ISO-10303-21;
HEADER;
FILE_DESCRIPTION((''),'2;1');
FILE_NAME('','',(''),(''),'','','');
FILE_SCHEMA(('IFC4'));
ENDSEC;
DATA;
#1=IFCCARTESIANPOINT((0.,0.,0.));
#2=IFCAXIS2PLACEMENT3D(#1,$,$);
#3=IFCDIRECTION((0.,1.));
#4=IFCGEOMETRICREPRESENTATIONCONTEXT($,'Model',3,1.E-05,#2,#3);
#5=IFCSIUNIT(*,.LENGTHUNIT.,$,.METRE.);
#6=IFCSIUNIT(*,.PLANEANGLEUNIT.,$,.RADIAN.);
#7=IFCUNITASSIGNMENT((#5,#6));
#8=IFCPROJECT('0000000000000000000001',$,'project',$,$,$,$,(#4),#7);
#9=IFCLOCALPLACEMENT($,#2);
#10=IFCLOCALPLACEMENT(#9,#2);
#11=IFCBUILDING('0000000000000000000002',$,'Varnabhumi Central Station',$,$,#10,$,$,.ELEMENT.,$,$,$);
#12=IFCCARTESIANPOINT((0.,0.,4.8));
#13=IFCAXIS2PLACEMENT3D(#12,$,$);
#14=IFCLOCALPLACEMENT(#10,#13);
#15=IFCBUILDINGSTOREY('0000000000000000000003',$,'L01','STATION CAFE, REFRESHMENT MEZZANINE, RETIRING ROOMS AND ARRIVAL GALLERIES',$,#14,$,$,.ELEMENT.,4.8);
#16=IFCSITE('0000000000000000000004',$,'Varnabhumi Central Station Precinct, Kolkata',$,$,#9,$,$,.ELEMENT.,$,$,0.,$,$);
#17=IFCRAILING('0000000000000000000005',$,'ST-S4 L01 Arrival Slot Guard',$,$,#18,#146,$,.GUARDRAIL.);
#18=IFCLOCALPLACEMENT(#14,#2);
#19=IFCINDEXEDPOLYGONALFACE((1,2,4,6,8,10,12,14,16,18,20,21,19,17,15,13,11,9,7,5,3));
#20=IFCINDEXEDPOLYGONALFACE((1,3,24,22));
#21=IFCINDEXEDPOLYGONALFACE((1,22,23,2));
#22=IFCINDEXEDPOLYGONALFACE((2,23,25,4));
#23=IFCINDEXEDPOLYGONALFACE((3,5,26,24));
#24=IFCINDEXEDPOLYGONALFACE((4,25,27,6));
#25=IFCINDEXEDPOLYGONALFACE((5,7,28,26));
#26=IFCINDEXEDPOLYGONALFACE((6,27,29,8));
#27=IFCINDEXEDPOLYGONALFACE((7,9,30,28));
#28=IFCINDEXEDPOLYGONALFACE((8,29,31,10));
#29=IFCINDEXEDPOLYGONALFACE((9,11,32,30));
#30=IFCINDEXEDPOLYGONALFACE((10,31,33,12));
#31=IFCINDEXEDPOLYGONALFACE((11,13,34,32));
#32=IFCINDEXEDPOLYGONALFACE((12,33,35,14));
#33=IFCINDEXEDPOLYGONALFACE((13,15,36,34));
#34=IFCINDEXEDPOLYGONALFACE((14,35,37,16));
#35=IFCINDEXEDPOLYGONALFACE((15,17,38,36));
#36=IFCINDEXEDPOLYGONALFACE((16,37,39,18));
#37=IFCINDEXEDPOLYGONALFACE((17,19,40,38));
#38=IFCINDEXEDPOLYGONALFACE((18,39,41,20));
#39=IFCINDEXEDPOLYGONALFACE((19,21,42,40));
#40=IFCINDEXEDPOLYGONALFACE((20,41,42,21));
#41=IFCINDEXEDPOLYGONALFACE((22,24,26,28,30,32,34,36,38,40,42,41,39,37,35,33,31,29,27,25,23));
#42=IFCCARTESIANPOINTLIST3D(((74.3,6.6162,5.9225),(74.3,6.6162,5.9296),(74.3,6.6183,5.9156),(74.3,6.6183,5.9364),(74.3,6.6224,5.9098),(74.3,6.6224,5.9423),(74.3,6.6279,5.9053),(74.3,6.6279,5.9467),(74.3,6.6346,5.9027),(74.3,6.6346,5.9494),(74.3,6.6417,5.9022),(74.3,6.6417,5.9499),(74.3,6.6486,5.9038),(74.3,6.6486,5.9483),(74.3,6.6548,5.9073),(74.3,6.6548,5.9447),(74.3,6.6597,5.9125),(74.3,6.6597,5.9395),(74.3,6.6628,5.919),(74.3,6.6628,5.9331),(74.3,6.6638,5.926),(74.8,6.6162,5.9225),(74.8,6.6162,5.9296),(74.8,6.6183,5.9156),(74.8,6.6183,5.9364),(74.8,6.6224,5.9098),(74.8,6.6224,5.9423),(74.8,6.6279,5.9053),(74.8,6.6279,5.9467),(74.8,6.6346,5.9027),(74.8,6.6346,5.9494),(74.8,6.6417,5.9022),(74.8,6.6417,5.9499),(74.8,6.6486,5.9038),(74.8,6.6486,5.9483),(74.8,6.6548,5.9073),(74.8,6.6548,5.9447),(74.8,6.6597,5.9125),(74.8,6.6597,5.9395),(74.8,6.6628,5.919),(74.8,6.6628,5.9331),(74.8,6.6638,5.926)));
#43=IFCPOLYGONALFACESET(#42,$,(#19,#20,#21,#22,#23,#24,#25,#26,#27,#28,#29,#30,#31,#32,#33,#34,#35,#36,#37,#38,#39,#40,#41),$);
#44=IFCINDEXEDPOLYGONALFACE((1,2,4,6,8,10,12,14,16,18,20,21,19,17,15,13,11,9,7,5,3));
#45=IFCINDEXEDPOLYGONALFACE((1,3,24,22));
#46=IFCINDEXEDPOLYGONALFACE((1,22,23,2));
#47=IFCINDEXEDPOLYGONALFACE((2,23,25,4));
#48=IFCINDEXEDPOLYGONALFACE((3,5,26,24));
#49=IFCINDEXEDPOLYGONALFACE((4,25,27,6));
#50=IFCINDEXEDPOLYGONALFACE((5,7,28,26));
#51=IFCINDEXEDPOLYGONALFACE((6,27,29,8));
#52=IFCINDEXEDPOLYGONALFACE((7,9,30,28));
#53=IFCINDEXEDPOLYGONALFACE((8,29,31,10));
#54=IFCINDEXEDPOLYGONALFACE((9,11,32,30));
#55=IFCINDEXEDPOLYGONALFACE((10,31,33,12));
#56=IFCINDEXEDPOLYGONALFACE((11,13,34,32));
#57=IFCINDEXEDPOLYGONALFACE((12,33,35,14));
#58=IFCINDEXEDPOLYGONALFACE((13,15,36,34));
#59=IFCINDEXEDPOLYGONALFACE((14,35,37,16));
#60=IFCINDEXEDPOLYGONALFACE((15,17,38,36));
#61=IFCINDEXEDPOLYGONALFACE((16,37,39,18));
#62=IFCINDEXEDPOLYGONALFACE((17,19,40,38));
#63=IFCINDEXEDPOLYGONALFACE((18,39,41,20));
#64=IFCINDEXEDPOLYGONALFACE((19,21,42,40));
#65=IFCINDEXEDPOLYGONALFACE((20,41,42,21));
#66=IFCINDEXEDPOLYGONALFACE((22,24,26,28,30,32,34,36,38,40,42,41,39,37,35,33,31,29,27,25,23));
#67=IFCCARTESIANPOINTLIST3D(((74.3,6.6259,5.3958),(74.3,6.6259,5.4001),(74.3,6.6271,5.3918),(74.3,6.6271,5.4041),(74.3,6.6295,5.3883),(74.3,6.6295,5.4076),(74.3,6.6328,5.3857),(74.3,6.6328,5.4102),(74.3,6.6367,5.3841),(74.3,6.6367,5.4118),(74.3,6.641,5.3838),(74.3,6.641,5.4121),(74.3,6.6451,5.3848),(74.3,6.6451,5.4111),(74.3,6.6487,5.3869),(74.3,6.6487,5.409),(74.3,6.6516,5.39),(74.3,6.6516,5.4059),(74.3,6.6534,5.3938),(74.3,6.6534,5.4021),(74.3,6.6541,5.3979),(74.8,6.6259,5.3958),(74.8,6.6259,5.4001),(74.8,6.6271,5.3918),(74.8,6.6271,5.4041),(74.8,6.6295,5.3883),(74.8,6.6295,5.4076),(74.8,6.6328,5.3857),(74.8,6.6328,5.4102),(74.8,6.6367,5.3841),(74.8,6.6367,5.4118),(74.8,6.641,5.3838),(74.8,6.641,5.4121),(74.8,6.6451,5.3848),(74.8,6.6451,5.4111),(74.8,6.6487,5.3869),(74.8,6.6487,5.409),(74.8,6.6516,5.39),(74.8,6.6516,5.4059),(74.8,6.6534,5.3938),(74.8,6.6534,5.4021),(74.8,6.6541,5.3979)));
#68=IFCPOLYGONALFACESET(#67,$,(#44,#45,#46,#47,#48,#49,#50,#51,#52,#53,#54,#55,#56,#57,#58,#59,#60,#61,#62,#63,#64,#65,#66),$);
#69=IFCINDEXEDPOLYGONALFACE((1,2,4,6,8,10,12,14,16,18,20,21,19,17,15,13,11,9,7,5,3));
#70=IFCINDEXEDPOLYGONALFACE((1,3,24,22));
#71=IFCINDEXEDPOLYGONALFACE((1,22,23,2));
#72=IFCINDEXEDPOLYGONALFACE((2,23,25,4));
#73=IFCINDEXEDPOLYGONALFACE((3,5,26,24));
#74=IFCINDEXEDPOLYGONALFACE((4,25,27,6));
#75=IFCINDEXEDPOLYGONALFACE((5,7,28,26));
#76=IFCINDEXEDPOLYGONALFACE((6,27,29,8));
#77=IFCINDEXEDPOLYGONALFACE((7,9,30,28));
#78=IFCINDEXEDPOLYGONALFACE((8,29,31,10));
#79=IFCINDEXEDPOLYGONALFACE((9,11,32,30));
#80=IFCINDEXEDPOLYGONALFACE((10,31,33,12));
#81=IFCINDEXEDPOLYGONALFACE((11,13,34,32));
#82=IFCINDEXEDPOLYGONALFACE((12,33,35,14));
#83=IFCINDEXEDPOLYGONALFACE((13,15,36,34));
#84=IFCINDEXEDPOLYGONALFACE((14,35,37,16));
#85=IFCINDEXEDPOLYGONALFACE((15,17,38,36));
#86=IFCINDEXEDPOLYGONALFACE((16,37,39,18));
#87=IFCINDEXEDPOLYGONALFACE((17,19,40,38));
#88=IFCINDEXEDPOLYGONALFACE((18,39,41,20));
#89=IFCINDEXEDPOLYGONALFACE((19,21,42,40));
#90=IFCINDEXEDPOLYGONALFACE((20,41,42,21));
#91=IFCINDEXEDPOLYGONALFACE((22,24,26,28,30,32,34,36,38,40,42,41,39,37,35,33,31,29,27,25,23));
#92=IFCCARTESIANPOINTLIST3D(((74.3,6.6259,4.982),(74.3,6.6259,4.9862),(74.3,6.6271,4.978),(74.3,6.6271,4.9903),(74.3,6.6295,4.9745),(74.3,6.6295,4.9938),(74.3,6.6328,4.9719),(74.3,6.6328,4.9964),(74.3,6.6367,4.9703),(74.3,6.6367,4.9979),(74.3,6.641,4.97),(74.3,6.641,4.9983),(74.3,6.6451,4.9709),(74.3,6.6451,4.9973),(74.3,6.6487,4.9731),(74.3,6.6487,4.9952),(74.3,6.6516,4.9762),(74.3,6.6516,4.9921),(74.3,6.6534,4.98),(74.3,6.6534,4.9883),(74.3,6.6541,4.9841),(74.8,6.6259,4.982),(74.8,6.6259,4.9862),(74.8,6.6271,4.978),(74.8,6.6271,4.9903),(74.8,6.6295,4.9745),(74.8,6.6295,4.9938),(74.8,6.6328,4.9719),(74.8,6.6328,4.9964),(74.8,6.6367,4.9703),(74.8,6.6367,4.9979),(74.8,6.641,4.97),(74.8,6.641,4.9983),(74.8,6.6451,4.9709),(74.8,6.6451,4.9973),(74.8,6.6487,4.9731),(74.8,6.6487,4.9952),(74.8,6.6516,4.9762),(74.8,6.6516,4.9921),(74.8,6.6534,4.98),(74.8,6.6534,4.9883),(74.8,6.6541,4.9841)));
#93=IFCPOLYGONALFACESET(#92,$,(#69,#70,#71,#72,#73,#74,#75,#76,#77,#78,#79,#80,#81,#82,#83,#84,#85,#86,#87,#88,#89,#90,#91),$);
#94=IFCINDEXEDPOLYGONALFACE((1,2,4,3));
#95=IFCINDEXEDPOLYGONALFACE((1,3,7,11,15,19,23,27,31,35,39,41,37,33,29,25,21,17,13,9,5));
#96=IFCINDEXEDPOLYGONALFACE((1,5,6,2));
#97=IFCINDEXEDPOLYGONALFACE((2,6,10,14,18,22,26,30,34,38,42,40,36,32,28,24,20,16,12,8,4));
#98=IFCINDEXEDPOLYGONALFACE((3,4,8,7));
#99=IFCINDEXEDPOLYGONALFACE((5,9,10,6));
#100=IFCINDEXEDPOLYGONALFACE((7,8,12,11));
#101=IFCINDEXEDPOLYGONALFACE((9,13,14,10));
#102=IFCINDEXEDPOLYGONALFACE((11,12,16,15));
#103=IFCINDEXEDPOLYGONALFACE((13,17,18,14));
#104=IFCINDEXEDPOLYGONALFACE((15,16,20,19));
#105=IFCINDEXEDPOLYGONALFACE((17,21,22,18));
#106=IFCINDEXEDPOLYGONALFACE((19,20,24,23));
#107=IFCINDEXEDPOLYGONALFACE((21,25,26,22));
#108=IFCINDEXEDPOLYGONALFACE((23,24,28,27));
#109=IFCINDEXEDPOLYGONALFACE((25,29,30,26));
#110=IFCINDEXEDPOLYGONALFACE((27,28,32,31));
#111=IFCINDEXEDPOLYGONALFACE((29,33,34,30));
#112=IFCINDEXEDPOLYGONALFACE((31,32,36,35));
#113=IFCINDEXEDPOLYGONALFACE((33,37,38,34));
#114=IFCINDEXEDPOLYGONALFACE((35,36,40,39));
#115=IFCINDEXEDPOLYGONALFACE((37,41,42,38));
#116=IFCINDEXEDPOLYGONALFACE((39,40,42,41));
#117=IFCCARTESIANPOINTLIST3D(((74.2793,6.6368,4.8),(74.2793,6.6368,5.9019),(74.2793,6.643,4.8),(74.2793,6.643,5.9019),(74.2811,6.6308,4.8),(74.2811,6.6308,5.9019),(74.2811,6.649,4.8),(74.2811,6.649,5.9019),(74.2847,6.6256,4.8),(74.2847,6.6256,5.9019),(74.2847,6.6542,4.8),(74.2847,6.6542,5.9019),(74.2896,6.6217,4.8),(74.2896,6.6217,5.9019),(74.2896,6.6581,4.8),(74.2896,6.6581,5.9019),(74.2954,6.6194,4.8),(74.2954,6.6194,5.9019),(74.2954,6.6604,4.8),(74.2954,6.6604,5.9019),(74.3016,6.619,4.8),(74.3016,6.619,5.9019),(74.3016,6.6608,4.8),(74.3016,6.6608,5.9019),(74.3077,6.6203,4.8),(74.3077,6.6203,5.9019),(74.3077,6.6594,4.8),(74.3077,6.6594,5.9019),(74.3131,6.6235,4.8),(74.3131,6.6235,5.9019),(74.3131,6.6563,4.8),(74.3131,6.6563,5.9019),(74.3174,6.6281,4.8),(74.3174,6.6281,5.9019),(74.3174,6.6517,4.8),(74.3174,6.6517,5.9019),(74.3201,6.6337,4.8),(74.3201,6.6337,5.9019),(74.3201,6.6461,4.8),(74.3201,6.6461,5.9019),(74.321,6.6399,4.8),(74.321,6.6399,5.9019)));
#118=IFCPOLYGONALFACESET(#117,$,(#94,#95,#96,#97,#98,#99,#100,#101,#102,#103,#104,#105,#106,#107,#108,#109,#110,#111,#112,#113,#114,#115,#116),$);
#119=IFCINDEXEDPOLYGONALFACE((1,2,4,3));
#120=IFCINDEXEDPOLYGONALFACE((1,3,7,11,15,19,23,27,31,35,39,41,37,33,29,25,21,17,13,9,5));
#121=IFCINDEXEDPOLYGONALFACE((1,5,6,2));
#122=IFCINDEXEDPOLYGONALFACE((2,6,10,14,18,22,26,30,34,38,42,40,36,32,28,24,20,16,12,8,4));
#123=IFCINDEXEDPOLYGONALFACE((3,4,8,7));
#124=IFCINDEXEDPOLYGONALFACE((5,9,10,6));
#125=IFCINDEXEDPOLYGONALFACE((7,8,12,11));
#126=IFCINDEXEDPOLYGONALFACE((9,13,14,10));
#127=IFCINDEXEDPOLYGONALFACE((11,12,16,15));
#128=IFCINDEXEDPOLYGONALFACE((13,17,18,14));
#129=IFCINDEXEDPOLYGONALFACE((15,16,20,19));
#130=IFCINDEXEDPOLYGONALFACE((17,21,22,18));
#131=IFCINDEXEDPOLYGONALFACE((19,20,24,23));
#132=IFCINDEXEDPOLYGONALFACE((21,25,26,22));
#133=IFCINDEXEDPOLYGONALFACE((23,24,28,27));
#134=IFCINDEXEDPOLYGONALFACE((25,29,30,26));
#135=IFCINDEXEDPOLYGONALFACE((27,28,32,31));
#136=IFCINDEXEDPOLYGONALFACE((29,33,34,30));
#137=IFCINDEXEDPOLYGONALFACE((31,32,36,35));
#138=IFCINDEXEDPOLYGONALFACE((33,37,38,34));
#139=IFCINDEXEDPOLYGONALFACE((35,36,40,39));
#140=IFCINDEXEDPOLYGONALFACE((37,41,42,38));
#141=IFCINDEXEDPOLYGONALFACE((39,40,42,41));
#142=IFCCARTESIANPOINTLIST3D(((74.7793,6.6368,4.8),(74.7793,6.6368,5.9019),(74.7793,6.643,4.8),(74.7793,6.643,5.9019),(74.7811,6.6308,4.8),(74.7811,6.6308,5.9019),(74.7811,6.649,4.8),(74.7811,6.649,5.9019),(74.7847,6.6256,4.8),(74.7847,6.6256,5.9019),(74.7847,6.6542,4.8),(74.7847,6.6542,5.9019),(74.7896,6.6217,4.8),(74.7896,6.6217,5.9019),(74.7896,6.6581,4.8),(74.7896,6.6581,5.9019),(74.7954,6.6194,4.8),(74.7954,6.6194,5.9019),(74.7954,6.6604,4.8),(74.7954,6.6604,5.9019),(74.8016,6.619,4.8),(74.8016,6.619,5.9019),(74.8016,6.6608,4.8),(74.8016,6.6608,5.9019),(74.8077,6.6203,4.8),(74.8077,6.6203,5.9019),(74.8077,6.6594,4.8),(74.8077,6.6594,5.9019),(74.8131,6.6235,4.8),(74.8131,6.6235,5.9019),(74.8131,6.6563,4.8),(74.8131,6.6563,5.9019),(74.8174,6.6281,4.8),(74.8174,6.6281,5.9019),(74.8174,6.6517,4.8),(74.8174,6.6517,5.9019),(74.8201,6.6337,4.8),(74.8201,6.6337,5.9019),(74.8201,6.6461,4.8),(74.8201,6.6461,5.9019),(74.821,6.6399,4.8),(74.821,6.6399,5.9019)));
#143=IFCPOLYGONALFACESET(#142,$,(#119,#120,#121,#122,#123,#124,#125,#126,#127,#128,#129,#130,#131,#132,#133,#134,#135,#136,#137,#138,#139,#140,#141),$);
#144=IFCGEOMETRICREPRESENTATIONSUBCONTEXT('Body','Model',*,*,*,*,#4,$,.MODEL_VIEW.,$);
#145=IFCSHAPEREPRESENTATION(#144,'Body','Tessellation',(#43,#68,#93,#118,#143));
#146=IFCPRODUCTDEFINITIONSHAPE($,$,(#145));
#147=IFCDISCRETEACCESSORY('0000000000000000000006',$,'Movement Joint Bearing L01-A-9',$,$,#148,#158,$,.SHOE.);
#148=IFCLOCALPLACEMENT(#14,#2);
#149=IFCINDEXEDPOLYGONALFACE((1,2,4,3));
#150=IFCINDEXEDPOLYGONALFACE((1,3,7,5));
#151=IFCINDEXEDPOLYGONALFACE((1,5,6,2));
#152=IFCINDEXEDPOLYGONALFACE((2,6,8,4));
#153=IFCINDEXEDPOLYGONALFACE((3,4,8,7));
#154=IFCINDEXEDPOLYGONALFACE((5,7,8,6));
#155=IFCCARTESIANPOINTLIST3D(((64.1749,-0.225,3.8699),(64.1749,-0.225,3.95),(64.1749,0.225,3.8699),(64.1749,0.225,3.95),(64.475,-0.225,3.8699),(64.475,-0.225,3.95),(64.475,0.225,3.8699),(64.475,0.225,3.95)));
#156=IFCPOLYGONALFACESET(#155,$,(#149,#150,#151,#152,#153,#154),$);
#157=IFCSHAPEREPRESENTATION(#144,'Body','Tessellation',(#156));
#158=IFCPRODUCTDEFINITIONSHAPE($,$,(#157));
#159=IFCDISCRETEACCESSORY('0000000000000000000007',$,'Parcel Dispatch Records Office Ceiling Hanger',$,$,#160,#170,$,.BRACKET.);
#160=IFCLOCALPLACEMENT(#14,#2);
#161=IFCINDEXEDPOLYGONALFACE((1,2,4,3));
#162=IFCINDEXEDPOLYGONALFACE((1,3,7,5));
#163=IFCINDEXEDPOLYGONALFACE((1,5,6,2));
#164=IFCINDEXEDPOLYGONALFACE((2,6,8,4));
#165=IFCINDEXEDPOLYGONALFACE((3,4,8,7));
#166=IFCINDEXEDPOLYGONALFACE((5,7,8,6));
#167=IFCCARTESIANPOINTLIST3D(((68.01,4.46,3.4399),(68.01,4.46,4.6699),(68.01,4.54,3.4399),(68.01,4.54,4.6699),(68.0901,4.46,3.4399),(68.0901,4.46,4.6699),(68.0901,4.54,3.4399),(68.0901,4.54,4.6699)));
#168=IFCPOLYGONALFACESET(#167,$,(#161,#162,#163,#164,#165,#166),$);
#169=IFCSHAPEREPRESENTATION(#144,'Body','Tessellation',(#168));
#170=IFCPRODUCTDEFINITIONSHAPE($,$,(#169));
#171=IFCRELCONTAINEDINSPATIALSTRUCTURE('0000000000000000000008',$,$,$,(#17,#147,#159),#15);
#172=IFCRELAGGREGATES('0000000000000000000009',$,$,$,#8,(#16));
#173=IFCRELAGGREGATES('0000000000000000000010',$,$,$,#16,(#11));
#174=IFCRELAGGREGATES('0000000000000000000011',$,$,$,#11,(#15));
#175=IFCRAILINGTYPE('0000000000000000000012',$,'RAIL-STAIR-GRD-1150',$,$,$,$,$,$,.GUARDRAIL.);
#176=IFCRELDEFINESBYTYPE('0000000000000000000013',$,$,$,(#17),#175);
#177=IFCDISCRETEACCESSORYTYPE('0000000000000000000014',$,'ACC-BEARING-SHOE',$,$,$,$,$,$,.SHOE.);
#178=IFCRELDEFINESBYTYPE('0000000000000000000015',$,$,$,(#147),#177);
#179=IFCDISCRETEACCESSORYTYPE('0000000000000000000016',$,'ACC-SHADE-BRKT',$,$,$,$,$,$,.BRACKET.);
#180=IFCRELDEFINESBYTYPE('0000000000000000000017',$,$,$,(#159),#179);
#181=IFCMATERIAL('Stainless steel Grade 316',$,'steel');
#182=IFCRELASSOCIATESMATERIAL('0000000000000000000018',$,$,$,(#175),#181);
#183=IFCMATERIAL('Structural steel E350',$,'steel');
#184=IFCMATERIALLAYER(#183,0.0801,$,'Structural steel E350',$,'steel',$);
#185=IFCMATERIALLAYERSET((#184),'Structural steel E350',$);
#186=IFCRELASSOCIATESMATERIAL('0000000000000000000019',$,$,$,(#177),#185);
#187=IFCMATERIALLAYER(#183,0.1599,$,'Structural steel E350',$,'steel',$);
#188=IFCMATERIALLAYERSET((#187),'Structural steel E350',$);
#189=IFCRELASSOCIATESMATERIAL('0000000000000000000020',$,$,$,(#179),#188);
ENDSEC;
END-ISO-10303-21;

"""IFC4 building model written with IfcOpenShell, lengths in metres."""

from ifc_helpers import new_model, si_unit, direction, frame, origin, origin_2d, place, context, subcontext, project, spatial, rectangle, circle, extrude, material, layer, layer_set, type_object, element, save


model = new_model("IFC4")

# Units and contexts
model_context = context("Model", 3, precision=1e-05, world=origin(), true_north=direction((0.0, 1.0)))
body_context = subcontext(model_context, "Body", "Model", "MODEL_VIEW")
ifc_project = project(units=[si_unit("LENGTHUNIT", "METRE"), si_unit("PLANEANGLEUNIT", "RADIAN")], contexts=[model_context])

# Site, building, storey
site_placement = place(None, origin())
site = spatial("IfcSite", under=ifc_project, at=site_placement, Name="Varnabhumi Central Station Precinct, Kolkata", CompositionType="ELEMENT", RefElevation=0.0)
building_placement = place(site_placement, origin())
building = spatial("IfcBuilding", under=site, at=building_placement, Name="Varnabhumi Central Station", CompositionType="ELEMENT")
storey_placement = place(building_placement, frame((0.0, 0.0, 4.8)))
storey = spatial("IfcBuildingStorey", under=building, at=storey_placement, Name="L01", Description="STATION CAFE, REFRESHMENT MEZZANINE, RETIRING ROOMS AND ARRIVAL GALLERIES", CompositionType="ELEMENT", Elevation=4.8)

# Shared definitions
ifc_material_1 = material(Name="Structural steel E350", Category="steel")

# Railing
ifc_material_2 = material(Name="Stainless steel Grade 316", Category="steel")
railing_type_1 = type_object("IfcRailingType", Name="RAIL-STAIR-GRD-1150", PredefinedType="GUARDRAIL", material=ifc_material_2)
for number, where, name in (
    (1, (74.3, 6.6399, 4.8), "ST-S4 L01 Arrival Slot Guard"),
):
    element("IfcRailing", number, at=place(storey_placement, frame(where)), inside=storey, type_object=railing_type_1, Name=name, PredefinedType="GUARDRAIL", context=body_context, shape_type="SweptSolid", body=[
        extrude(circle(Radius=0.0239, at=origin_2d()), frame((0.0, 0.0, 1.126), z_axis=(1.0, 0.0, 0.0), x_axis=(0.0, 1.0, 0.0)), (0.0, 0.0, 1.0), 0.5),
        extrude(circle(Radius=0.0142, at=origin_2d()), frame((0.0, 0.0, 0.5979), z_axis=(1.0, 0.0, 0.0), x_axis=(0.0, 1.0, 0.0)), (0.0, 0.0, 1.0), 0.5),
        extrude(circle(Radius=0.0142, at=origin_2d()), frame((0.0, 0.0, 0.1841), z_axis=(1.0, 0.0, 0.0), x_axis=(0.0, 1.0, 0.0)), (0.0, 0.0, 1.0), 0.5),
        extrude(circle(Radius=0.021, at=origin_2d()), origin(), (0.0, 0.0, 1.0), 1.1018),
        extrude(circle(Radius=0.021, at=origin_2d()), frame((0.5, 0.0, 0.0)), (0.0, 0.0, 1.0), 1.1018),
    ])

# Discrete accessories
ifc_layer_1 = layer(ifc_material_1, 0.0801, Name="Structural steel E350", Category="steel")
ifc_layer_set_1 = layer_set([ifc_layer_1], Name="Structural steel E350")
discrete_accessory_type_1 = type_object("IfcDiscreteAccessoryType", Name="ACC-BEARING-SHOE", PredefinedType="SHOE", material=ifc_layer_set_1)
discrete_accessory_1_placement = place(storey_placement, frame((64.325, 0.0, 3.8699), z_axis=(0.0, 0.0, 1.0), x_axis=(1.0, 0.0, 0.0)))
element("IfcDiscreteAccessory", 2, at=discrete_accessory_1_placement, inside=storey, type_object=discrete_accessory_type_1, Name="Movement Joint Bearing L01-A-9", PredefinedType="SHOE", context=body_context, shape_type="SweptSolid", body=[
    extrude(rectangle(XDim=0.3, YDim=0.45, at=origin_2d()), origin(), (0.0, 0.0, 1.0), 0.0801),
])
ifc_layer_2 = layer(ifc_material_1, 0.1599, Name="Structural steel E350", Category="steel")
ifc_layer_set_2 = layer_set([ifc_layer_2], Name="Structural steel E350")
discrete_accessory_type_2 = type_object("IfcDiscreteAccessoryType", Name="ACC-SHADE-BRKT", PredefinedType="BRACKET", material=ifc_layer_set_2)
discrete_accessory_2_placement = place(storey_placement, frame((68.05, 4.5, 3.4399), z_axis=(0.0, 0.0, 1.0), x_axis=(1.0, 0.0, 0.0)))
element("IfcDiscreteAccessory", 3, at=discrete_accessory_2_placement, inside=storey, type_object=discrete_accessory_type_2, Name="Parcel Dispatch Records Office Ceiling Hanger", PredefinedType="BRACKET", context=body_context, shape_type="SweptSolid", body=[
    extrude(rectangle(XDim=0.0801, YDim=0.0801, at=origin_2d()), origin(), (0.0, 0.0, 1.0), 1.23),
])

save(model, "model.ifc")
